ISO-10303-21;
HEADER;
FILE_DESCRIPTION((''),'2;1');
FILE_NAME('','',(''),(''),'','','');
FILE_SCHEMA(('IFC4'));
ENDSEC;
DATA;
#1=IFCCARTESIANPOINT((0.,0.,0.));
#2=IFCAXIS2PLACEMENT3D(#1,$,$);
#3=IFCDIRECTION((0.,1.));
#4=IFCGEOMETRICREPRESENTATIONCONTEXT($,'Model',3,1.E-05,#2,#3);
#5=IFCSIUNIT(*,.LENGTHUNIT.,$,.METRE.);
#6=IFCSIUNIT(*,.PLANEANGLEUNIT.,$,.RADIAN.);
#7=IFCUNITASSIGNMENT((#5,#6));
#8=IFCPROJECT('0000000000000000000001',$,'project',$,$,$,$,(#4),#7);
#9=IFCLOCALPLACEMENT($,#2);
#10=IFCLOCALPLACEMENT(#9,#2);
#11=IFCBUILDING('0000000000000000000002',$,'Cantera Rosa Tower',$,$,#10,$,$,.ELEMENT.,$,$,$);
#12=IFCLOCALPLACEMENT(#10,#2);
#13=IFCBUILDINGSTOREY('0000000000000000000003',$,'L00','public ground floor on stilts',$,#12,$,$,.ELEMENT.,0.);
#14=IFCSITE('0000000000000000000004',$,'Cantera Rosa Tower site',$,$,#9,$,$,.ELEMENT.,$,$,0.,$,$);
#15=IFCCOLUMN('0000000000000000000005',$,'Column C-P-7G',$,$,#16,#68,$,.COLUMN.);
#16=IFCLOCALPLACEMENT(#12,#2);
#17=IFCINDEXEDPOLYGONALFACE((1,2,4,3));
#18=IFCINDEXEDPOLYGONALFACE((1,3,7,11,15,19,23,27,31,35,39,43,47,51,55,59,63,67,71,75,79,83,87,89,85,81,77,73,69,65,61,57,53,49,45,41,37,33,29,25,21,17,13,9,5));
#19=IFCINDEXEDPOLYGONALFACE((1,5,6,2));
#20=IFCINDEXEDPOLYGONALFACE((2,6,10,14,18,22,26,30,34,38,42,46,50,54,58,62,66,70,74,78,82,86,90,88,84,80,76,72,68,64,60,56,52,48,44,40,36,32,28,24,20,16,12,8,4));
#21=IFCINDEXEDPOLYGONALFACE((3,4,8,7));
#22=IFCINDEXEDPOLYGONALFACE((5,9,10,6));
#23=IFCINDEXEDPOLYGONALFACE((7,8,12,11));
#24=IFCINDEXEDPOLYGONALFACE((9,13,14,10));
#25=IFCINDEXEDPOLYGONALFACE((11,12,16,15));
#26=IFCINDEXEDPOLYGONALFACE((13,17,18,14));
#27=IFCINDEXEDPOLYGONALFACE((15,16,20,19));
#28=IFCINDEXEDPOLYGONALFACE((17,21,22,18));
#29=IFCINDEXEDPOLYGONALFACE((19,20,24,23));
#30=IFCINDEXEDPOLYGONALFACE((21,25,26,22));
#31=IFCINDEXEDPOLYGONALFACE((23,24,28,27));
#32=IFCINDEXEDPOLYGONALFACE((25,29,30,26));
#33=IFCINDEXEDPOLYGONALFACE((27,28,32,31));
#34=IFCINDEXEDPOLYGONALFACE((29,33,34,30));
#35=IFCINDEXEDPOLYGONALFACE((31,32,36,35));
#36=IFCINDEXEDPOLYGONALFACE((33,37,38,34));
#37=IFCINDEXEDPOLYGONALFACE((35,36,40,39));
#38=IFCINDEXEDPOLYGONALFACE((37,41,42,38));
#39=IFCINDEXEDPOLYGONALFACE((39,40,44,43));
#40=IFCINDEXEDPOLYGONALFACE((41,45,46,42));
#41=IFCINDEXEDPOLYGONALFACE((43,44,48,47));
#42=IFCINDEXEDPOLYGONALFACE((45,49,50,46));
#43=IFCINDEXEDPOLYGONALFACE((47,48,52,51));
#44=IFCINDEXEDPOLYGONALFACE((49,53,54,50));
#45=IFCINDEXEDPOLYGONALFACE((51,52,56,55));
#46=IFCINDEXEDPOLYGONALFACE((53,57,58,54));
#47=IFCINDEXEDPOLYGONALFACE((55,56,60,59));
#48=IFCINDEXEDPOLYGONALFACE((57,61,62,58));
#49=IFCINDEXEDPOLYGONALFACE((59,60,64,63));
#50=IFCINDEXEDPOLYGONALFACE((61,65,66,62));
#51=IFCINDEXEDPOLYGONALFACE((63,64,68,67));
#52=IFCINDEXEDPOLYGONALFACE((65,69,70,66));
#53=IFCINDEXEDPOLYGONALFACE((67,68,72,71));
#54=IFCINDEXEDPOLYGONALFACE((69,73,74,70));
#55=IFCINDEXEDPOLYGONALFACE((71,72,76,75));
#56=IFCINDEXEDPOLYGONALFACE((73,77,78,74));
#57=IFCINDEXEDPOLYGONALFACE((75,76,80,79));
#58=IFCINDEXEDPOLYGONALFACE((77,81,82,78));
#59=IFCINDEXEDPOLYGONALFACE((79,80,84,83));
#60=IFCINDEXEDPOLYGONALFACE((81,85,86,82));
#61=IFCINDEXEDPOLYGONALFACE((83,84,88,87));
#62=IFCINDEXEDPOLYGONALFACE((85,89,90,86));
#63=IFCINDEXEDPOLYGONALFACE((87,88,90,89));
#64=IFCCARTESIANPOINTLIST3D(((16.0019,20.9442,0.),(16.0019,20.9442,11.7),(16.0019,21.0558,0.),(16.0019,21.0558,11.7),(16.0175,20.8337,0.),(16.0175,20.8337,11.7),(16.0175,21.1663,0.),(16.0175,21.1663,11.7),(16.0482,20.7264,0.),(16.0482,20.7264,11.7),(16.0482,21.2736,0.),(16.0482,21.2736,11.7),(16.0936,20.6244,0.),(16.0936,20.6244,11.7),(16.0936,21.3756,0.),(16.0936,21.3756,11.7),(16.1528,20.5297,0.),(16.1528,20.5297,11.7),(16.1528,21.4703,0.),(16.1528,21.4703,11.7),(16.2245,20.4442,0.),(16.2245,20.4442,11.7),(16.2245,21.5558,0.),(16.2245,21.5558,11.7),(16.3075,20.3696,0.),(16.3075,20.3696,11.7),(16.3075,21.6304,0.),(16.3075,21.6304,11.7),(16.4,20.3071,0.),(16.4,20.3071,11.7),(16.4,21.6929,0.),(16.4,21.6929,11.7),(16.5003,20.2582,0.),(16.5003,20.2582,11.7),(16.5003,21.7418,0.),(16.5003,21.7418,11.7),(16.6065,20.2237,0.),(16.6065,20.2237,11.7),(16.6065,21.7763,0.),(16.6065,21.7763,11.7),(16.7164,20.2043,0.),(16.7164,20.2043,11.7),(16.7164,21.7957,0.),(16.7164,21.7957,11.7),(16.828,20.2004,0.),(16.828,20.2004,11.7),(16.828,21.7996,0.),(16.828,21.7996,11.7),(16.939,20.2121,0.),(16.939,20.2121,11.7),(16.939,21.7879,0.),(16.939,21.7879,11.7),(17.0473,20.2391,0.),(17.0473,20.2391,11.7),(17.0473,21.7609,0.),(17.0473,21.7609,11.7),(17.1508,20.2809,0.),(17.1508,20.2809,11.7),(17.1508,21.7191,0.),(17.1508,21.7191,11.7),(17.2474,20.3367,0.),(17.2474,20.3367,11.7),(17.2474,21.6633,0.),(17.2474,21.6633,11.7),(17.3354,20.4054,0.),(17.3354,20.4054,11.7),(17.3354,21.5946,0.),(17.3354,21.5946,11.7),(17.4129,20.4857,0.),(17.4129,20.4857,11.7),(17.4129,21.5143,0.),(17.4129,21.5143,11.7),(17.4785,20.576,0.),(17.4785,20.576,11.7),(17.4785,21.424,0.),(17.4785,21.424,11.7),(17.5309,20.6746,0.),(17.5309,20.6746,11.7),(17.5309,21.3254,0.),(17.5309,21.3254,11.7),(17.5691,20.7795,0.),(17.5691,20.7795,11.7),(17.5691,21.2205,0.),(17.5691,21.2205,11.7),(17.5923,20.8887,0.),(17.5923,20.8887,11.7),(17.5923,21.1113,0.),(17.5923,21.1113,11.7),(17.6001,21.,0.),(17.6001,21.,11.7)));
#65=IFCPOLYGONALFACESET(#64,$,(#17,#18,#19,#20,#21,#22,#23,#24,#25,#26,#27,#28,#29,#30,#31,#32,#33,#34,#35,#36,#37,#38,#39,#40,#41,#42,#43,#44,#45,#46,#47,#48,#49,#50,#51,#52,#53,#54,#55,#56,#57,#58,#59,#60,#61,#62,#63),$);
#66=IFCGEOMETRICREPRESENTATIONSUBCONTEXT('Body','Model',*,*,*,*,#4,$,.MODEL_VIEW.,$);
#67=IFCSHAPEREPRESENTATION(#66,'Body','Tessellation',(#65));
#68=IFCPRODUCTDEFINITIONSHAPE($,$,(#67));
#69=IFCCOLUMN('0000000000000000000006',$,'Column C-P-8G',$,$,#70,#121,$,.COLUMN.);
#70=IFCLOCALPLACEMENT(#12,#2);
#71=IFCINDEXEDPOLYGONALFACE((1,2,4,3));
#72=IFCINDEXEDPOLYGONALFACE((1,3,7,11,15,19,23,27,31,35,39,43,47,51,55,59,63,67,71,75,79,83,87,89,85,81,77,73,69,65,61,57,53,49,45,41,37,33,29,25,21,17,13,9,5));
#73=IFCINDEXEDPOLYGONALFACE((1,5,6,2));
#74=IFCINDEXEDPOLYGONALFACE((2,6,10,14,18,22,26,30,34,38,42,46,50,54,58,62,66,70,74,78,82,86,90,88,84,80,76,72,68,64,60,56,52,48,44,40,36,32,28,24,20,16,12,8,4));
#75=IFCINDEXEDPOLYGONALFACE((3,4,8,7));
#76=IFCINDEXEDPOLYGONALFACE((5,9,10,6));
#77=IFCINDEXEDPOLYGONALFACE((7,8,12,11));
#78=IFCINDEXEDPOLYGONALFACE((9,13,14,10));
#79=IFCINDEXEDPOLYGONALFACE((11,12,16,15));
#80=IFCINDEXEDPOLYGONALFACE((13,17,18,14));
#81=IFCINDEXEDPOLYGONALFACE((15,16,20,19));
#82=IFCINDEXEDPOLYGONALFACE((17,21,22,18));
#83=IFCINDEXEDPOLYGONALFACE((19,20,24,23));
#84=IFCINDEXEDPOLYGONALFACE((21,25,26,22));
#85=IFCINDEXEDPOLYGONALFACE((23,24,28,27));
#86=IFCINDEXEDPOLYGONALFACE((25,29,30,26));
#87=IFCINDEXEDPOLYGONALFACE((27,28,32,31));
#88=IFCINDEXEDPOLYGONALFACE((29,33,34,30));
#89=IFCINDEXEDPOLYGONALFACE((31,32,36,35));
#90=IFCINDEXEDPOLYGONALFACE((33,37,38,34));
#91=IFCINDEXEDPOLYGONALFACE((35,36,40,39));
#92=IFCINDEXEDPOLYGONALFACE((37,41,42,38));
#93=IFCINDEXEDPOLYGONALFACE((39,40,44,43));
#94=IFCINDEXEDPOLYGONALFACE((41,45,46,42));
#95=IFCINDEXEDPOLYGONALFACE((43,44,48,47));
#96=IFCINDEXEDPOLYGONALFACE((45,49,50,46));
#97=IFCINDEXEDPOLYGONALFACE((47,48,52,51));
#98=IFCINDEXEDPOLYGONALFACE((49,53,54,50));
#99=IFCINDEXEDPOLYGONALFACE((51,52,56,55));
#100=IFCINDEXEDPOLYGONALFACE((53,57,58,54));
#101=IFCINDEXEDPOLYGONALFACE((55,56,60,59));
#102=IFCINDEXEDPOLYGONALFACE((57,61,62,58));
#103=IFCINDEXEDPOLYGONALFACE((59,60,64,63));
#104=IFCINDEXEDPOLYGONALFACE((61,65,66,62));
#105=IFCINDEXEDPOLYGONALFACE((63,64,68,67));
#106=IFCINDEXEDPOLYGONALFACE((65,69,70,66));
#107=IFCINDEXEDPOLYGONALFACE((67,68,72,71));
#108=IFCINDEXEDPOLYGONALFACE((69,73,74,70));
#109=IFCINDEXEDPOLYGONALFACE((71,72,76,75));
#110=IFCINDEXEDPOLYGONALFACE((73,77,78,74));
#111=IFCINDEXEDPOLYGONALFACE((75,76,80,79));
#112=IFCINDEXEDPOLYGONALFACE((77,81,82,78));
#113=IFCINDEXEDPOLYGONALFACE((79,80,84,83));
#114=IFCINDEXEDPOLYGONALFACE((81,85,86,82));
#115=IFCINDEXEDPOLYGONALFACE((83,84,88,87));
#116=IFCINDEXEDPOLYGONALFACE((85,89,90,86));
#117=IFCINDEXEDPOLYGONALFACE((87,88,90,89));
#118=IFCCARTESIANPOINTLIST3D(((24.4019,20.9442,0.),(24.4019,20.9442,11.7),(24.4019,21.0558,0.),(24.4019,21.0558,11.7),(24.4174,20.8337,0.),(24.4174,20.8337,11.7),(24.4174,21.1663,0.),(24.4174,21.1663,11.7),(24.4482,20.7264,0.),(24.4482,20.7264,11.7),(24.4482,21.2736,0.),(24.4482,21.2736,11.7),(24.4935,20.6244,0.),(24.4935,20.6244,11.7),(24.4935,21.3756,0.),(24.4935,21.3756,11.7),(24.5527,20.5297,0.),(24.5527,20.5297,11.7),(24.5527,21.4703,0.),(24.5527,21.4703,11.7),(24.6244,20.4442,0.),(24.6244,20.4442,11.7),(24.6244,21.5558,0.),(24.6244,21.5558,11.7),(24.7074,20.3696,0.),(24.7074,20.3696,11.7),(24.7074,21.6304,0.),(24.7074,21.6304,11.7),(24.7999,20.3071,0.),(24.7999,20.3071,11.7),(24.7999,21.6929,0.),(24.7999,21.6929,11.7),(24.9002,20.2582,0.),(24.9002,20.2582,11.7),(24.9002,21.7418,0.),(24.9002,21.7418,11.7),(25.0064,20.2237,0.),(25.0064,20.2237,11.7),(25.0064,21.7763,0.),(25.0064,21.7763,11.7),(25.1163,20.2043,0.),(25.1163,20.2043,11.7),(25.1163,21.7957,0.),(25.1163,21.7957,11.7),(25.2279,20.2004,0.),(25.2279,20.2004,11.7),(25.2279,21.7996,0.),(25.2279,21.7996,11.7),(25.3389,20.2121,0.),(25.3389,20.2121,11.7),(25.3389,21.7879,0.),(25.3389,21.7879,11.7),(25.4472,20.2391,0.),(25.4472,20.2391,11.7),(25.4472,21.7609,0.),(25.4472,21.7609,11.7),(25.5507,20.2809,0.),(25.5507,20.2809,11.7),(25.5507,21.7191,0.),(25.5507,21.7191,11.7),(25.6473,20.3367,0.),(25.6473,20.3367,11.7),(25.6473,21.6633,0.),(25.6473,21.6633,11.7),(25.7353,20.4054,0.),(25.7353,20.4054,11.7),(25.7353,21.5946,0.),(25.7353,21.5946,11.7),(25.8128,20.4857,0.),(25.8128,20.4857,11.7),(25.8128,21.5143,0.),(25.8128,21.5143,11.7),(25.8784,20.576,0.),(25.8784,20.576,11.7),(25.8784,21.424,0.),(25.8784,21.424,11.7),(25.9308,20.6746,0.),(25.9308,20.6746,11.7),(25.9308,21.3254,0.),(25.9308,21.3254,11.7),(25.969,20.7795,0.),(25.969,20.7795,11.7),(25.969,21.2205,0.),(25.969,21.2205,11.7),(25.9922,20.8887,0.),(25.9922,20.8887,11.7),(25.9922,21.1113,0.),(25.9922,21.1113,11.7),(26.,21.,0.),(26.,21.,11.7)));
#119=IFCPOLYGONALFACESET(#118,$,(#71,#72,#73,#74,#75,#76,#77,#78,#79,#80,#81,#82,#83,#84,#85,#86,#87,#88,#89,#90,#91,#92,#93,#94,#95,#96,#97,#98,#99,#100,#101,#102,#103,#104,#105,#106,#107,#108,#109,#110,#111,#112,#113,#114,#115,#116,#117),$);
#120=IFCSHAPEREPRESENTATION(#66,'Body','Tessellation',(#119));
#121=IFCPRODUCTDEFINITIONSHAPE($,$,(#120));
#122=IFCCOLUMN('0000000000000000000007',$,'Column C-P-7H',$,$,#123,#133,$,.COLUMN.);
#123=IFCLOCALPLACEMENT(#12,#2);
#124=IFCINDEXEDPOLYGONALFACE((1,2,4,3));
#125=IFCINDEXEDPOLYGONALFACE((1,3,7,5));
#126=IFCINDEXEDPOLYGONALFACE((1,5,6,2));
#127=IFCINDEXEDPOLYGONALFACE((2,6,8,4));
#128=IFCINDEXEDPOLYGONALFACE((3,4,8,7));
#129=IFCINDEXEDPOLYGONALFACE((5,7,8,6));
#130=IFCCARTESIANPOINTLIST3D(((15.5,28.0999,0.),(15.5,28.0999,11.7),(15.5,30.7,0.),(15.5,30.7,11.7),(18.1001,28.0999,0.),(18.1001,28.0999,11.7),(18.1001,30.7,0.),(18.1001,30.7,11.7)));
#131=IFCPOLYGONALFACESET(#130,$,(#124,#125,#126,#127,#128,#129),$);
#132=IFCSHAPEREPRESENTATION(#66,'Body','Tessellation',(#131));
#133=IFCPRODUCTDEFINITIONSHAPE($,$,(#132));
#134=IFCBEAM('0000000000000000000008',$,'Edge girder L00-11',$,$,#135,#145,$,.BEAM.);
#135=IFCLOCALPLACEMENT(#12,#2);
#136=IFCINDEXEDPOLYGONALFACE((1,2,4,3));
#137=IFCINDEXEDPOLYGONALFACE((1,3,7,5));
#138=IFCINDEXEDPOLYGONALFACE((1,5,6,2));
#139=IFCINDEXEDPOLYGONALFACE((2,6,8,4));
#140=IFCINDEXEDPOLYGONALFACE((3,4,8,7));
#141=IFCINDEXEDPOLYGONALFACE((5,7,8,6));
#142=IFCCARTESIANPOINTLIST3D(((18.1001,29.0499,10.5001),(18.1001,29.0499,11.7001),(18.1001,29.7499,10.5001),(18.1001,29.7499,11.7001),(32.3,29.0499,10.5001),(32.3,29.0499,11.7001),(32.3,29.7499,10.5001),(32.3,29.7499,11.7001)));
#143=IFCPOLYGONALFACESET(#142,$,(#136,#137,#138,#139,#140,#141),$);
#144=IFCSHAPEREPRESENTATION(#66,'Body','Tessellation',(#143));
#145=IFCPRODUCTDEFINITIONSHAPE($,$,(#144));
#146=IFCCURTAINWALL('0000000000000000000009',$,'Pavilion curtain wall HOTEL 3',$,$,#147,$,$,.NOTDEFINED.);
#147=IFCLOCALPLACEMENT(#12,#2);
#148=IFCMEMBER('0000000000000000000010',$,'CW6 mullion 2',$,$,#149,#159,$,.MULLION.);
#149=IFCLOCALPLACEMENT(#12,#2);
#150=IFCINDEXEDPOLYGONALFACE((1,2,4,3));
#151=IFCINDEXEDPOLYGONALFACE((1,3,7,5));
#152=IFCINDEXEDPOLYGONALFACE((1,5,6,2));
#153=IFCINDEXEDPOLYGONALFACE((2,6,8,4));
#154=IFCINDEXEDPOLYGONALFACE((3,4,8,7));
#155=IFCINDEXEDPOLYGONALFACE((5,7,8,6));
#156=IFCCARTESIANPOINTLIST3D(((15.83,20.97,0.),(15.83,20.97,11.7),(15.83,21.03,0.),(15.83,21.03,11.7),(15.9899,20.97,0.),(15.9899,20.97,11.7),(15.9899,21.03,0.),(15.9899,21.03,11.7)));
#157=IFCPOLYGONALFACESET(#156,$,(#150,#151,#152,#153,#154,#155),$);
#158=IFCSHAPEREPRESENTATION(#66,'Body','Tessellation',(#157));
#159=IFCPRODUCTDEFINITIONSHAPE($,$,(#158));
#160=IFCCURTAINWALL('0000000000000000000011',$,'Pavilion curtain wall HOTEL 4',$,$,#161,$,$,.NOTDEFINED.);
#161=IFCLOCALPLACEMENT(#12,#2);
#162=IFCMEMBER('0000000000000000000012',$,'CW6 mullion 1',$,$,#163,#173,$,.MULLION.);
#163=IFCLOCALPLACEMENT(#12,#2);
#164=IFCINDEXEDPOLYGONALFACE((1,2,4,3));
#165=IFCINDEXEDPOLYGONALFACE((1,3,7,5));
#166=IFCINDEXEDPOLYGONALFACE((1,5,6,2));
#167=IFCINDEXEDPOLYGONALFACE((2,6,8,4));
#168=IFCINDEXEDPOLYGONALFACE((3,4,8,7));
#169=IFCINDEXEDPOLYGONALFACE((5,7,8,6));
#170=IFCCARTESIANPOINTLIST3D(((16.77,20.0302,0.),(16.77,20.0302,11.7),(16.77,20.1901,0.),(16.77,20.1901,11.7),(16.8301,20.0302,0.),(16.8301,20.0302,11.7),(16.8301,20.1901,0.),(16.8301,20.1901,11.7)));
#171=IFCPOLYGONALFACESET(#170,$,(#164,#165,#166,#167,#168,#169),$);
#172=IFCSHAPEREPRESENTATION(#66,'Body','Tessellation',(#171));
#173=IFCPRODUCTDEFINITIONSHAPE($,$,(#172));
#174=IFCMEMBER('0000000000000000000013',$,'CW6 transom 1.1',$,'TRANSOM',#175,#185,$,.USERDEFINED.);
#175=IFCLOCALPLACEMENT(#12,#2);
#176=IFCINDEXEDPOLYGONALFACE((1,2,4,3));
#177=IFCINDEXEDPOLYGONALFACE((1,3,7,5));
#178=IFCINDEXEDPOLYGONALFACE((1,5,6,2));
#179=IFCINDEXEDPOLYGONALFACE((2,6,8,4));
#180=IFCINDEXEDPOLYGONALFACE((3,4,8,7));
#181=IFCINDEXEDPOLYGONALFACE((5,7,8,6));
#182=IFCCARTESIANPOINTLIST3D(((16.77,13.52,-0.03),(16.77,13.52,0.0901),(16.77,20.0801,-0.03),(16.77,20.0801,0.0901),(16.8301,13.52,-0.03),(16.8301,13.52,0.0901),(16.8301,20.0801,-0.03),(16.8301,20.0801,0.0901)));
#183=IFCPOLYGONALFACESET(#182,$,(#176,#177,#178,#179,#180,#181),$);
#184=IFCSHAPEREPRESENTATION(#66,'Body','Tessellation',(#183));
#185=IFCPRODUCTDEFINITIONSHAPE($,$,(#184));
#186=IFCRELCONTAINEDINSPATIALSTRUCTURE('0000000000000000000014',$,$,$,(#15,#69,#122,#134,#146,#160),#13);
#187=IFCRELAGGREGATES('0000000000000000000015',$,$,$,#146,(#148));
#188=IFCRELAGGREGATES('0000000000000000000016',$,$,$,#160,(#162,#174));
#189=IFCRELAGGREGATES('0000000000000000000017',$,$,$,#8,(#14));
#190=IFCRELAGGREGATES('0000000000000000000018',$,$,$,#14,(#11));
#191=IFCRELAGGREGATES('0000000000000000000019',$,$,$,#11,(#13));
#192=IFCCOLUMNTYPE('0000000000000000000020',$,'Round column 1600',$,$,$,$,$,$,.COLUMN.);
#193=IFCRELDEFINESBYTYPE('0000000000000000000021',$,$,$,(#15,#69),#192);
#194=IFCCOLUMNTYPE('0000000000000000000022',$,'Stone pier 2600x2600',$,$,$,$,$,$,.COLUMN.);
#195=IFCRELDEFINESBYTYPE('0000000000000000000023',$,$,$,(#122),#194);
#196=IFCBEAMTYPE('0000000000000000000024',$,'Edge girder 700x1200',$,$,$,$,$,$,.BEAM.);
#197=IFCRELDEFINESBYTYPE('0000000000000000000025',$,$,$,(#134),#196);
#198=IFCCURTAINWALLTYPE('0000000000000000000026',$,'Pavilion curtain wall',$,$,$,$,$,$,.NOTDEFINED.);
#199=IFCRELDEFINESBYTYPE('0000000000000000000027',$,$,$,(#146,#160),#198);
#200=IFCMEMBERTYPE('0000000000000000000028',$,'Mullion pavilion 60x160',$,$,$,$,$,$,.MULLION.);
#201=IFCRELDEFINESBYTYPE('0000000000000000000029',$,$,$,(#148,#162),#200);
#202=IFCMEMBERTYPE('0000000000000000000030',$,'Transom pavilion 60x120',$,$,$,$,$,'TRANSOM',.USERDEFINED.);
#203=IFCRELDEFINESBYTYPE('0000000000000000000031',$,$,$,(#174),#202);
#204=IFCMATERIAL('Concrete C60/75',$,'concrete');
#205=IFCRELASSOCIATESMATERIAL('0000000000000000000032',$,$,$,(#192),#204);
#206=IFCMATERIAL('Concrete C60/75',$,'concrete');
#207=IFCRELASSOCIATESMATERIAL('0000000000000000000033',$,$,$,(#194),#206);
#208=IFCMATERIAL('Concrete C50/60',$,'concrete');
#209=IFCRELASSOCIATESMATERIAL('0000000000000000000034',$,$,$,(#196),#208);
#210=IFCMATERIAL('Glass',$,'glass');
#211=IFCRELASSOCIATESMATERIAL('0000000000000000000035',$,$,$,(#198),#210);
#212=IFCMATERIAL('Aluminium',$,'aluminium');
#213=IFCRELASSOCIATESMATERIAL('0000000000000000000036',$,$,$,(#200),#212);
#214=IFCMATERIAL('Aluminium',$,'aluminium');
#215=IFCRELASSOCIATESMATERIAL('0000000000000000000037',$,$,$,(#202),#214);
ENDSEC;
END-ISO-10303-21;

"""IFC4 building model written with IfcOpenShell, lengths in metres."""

from ifc_helpers import new_model, si_unit, direction, frame, origin, origin_2d, place, context, subcontext, project, spatial, rectangle, circle, extrude, material, material_profile, profile_set, type_object, element, aggregate, save


model = new_model("IFC4")

# Units and contexts
model_context = context("Model", 3, precision=1e-05, world=origin(), true_north=direction((0.0, 1.0)))
body_context = subcontext(model_context, "Body", "Model", "MODEL_VIEW")
ifc_project = project(units=[si_unit("LENGTHUNIT", "METRE"), si_unit("PLANEANGLEUNIT", "RADIAN")], contexts=[model_context])

# Site, building, storey
site_placement = place(None, origin())
site = spatial("IfcSite", under=ifc_project, at=site_placement, Name="Cantera Rosa Tower site", CompositionType="ELEMENT", RefElevation=0.0)
building_placement = place(site_placement, origin())
building = spatial("IfcBuilding", under=site, at=building_placement, Name="Cantera Rosa Tower", CompositionType="ELEMENT")
storey_placement = place(building_placement, origin())
storey = spatial("IfcBuildingStorey", under=building, at=storey_placement, Name="L00", Description="public ground floor on stilts", CompositionType="ELEMENT", Elevation=0.0)

# Columns
ifc_material_1 = material(Name="Concrete C60/75", Category="concrete")
ifc_material_profile_1 = material_profile(ifc_material_1, circle(Radius=0.8, at=origin_2d()), Name="Round column 1600")
ifc_profile_set_1 = profile_set([ifc_material_profile_1], Name="Concrete C60/75")
column_type_1 = type_object("IfcColumnType", Name="Round column 1600", PredefinedType="COLUMN", material=ifc_profile_set_1)
for number, where, z_axis, x_axis, name in (
    (1, (16.8, 21.0, 0.0), (0.0, 0.0, 1.0), (1.0, 0.0, 0.0), "Column C-P-7G"),
    (2, (25.2, 21.0, 0.0), (0.0, 0.0, 1.0), (1.0, 0.0, 0.0), "Column C-P-8G"),
):
    element("IfcColumn", number, at=place(storey_placement, frame(where, z_axis=z_axis, x_axis=x_axis)), inside=storey, type_object=column_type_1, Name=name, PredefinedType="COLUMN", context=body_context, shape_type="SweptSolid", body=[
        extrude(circle(Radius=0.8, at=origin_2d()), origin(), (0.0, 0.0, 1.0), 11.7),
    ])
ifc_material_2 = material(Name="Concrete C60/75", Category="concrete")
ifc_material_profile_2 = material_profile(ifc_material_2, rectangle(XDim=2.6001, YDim=2.6001, at=origin_2d()), Name="Stone pier 2600x2600")
ifc_profile_set_2 = profile_set([ifc_material_profile_2], Name="Concrete C60/75")
column_type_2 = type_object("IfcColumnType", Name="Stone pier 2600x2600", PredefinedType="COLUMN", material=ifc_profile_set_2)
column_placement = place(storey_placement, frame((16.8, 29.3999, 0.0), z_axis=(0.0, 0.0, 1.0), x_axis=(1.0, 0.0, 0.0)))
element("IfcColumn", 3, at=column_placement, inside=storey, type_object=column_type_2, Name="Column C-P-7H", PredefinedType="COLUMN", context=body_context, shape_type="SweptSolid", body=[
    extrude(rectangle(XDim=2.6001, YDim=2.6001, at=origin_2d()), origin(), (0.0, 0.0, 1.0), 11.7),
])

# Beam
ifc_material_3 = material(Name="Concrete C50/60", Category="concrete")
ifc_material_profile_3 = material_profile(ifc_material_3, rectangle(XDim=0.7, YDim=1.2, at=origin_2d()), Name="Edge girder 700x1200")
ifc_profile_set_3 = profile_set([ifc_material_profile_3], Name="Concrete C50/60")
beam_type = type_object("IfcBeamType", Name="Edge girder 700x1200", PredefinedType="BEAM", material=ifc_profile_set_3)
beam_placement = place(storey_placement, frame((18.1001, 29.3999, 11.1001), z_axis=(1.0, 0.0, 0.0), x_axis=(0.0, 1.0, 0.0)))
element("IfcBeam", 4, at=beam_placement, inside=storey, type_object=beam_type, Name="Edge girder L00-11", PredefinedType="BEAM", context=body_context, shape_type="SweptSolid", body=[
    extrude(rectangle(XDim=0.7, YDim=1.2, at=origin_2d()), origin(), (0.0, 0.0, 1.0), 14.2),
])

# Curtain wall, member
ifc_material_4 = material(Name="Glass", Category="glass")
curtain_wall_type = type_object("IfcCurtainWallType", Name="Pavilion curtain wall", PredefinedType="NOTDEFINED", material=ifc_material_4)
curtain_wall_1_placement = place(storey_placement, origin())
curtain_wall_1 = element("IfcCurtainWall", 5, at=curtain_wall_1_placement, inside=storey, type_object=curtain_wall_type, Name="Pavilion curtain wall HOTEL 3", PredefinedType="NOTDEFINED")
ifc_material_5 = material(Name="Aluminium", Category="aluminium")
ifc_material_profile_4 = material_profile(ifc_material_5, rectangle(XDim=0.0601, YDim=0.1599, at=origin_2d()), Name="Mullion pavilion 60x160")
ifc_profile_set_4 = profile_set([ifc_material_profile_4], Name="Aluminium")
member_type_1 = type_object("IfcMemberType", Name="Mullion pavilion 60x160", PredefinedType="MULLION", material=ifc_profile_set_4)
member_1_placement = place(storey_placement, frame((15.9099, 21.0, 0.0), z_axis=(0.0, 0.0, 1.0), x_axis=(0.0, 1.0, 0.0)))
member_1 = element("IfcMember", 6, at=member_1_placement, type_object=member_type_1, Name="CW6 mullion 2", PredefinedType="MULLION", context=body_context, shape_type="SweptSolid", body=[
    extrude(rectangle(XDim=0.0601, YDim=0.1599, at=origin_2d()), origin(), (0.0, 0.0, 1.0), 11.7),
])
aggregate(curtain_wall_1, [member_1])

# Curtain wall, members
curtain_wall_2_placement = place(storey_placement, origin())
curtain_wall_2 = element("IfcCurtainWall", 7, at=curtain_wall_2_placement, inside=storey, type_object=curtain_wall_type, Name="Pavilion curtain wall HOTEL 4", PredefinedType="NOTDEFINED")
member_2_placement = place(storey_placement, frame((16.8, 20.1101, 0.0), z_axis=(0.0, 0.0, 1.0), x_axis=(1.0, 0.0, 0.0)))
member_2 = element("IfcMember", 8, at=member_2_placement, type_object=member_type_1, Name="CW6 mullion 1", PredefinedType="MULLION", context=body_context, shape_type="SweptSolid", body=[
    extrude(rectangle(XDim=0.0601, YDim=0.1599, at=origin_2d()), origin(), (0.0, 0.0, 1.0), 11.7),
])
ifc_material_6 = material(Name="Aluminium", Category="aluminium")
ifc_material_profile_5 = material_profile(ifc_material_6, rectangle(XDim=0.0601, YDim=0.1201, at=origin_2d()), Name="Transom pavilion 60x120")
ifc_profile_set_5 = profile_set([ifc_material_profile_5], Name="Aluminium")
member_type_2 = type_object("IfcMemberType", Name="Transom pavilion 60x120", ElementType="TRANSOM", PredefinedType="USERDEFINED", material=ifc_profile_set_5)
member_3_placement = place(storey_placement, frame((16.8, 20.0801, 0.03), z_axis=(0.0, -1.0, 0.0), x_axis=(1.0, 0.0, 0.0)))
member_3 = element("IfcMember", 9, at=member_3_placement, type_object=member_type_2, Name="CW6 transom 1.1", ObjectType="TRANSOM", PredefinedType="USERDEFINED", context=body_context, shape_type="SweptSolid", body=[
    extrude(rectangle(XDim=0.0601, YDim=0.1201, at=origin_2d()), origin(), (0.0, 0.0, 1.0), 6.5601),
])
aggregate(curtain_wall_2, [member_2, member_3])

save(model, "model.ifc")
